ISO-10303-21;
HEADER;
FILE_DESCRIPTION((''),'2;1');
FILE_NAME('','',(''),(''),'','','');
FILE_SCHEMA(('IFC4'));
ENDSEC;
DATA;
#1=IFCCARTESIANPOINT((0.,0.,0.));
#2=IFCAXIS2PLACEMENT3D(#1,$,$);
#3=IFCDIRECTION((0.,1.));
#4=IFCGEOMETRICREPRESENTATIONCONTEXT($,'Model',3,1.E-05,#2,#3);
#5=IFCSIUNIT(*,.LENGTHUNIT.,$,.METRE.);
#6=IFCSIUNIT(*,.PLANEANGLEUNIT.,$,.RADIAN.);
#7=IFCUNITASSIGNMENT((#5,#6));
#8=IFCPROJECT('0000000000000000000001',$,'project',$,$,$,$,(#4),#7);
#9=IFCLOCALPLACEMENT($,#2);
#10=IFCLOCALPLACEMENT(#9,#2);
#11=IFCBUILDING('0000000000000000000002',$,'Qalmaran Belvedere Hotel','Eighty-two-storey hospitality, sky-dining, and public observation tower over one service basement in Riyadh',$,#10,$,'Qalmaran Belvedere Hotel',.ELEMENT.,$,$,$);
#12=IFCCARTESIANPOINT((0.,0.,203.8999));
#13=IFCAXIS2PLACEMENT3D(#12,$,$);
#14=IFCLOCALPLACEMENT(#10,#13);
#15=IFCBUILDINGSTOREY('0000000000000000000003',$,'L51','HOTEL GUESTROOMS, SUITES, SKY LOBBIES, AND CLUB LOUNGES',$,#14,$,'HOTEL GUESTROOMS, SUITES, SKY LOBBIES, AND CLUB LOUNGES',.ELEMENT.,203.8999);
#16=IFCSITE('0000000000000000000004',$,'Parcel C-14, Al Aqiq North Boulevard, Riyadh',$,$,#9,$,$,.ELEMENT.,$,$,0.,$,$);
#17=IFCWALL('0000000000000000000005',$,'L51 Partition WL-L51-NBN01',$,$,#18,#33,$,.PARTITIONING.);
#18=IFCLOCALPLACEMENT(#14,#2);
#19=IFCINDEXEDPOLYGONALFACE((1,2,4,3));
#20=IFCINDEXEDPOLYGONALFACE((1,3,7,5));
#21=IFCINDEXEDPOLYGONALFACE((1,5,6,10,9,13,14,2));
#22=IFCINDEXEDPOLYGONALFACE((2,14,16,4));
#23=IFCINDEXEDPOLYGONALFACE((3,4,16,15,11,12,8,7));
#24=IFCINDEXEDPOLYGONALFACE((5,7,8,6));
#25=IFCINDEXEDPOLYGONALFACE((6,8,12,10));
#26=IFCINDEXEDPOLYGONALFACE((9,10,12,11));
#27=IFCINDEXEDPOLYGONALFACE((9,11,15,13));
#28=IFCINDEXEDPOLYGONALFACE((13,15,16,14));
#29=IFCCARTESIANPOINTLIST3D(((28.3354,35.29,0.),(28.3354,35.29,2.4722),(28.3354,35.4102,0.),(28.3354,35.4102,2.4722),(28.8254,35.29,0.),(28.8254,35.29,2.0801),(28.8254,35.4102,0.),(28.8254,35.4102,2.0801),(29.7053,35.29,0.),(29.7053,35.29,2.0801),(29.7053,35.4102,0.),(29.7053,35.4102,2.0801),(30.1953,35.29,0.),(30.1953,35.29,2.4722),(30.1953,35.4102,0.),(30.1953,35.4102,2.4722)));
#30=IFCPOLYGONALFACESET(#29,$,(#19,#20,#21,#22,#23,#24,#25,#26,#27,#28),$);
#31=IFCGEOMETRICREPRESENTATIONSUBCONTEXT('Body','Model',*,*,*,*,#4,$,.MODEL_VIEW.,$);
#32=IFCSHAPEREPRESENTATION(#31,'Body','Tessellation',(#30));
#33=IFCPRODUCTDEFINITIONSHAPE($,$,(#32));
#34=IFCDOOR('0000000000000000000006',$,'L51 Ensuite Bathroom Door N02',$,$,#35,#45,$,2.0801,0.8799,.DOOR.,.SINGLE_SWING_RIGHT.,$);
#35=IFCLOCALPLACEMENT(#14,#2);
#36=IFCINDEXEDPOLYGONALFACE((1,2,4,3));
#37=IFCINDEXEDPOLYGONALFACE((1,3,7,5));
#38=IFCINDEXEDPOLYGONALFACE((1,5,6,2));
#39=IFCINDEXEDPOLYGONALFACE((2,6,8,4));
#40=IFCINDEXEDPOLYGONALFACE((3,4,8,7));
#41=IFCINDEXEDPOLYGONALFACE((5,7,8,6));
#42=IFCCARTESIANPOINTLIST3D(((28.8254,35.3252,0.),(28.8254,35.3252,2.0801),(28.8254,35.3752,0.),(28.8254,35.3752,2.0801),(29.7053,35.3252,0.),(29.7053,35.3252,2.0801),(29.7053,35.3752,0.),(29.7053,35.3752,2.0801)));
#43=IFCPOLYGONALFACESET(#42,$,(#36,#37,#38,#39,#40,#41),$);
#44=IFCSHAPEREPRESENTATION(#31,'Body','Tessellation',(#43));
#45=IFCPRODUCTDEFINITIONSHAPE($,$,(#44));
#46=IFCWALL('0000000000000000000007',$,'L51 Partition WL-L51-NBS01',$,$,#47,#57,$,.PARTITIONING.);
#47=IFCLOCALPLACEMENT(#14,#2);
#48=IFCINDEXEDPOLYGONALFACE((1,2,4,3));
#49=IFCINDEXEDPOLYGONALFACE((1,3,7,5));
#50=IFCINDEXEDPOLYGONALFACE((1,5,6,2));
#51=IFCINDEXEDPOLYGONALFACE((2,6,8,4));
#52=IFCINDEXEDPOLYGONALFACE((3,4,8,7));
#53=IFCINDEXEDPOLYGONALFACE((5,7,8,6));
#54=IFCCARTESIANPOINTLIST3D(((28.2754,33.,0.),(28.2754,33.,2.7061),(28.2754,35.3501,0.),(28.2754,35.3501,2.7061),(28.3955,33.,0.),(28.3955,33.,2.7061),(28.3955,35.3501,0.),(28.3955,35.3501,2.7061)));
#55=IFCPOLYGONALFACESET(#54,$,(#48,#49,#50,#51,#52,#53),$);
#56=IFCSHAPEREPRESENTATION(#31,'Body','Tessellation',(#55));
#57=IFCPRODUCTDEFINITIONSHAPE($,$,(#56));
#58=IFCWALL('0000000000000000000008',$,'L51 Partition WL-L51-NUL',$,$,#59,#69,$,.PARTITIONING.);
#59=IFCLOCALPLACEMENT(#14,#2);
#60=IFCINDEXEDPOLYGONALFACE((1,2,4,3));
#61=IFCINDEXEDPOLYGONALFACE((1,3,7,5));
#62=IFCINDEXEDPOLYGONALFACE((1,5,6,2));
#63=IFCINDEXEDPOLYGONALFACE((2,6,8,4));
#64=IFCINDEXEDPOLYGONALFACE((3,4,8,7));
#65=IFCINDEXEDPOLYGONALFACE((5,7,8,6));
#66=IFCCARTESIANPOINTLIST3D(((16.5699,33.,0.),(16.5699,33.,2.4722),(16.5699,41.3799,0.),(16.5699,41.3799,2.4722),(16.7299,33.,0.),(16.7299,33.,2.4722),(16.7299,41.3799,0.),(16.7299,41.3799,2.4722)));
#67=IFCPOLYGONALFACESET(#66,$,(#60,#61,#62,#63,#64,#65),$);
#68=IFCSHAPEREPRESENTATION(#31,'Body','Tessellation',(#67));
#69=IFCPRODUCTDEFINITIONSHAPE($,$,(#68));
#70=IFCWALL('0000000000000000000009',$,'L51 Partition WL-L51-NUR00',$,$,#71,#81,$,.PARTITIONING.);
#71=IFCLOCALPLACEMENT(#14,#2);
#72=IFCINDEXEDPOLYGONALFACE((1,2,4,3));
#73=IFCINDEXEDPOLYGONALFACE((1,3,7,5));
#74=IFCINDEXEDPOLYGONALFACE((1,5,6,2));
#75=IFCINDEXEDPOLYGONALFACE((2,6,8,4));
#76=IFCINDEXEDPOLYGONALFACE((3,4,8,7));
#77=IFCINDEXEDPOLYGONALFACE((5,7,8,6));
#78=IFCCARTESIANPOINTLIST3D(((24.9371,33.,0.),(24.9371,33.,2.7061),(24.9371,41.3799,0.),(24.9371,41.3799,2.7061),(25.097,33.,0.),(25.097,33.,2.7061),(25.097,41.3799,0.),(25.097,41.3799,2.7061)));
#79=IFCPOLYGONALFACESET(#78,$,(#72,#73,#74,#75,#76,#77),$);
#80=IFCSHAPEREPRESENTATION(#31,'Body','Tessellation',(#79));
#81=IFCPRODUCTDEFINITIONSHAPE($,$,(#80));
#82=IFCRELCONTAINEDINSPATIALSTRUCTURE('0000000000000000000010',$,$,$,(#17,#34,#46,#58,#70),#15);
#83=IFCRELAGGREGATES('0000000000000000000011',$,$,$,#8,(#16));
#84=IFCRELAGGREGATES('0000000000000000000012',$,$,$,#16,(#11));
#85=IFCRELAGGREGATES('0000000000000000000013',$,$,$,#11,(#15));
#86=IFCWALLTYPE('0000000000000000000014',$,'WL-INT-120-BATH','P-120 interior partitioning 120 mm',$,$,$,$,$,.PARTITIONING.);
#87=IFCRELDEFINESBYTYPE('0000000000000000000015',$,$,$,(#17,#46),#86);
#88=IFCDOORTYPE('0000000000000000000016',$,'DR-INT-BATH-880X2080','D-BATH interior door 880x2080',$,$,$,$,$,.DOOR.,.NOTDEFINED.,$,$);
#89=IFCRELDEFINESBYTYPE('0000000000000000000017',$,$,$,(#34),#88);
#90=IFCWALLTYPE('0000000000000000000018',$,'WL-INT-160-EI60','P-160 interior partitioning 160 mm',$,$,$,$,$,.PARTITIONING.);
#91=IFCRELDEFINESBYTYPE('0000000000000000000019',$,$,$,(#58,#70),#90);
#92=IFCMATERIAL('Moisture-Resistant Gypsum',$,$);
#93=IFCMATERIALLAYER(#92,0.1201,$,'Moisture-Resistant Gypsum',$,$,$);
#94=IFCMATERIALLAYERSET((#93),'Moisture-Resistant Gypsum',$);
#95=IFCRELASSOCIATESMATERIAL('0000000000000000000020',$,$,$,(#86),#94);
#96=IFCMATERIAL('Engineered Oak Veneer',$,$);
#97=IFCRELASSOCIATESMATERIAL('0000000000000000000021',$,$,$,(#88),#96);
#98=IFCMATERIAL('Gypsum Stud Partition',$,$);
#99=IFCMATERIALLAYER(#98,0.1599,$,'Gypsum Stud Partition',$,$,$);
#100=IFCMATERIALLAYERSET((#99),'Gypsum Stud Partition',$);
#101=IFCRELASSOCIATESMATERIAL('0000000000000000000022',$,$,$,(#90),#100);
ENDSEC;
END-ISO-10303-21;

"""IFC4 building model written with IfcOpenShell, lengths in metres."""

from ifc_helpers import new_model, si_unit, direction, frame, frame_2d, origin, place, context, subcontext, project, spatial, rectangle, extrude, material, layer, layer_set, type_object, element, fill, save


model = new_model("IFC4")

# Units and contexts
model_context = context("Model", 3, precision=1e-05, world=origin(), true_north=direction((0.0, 1.0)))
body_context = subcontext(model_context, "Body", "Model", "MODEL_VIEW")
ifc_project = project(units=[si_unit("LENGTHUNIT", "METRE"), si_unit("PLANEANGLEUNIT", "RADIAN")], contexts=[model_context])

# Site, building, storey
site_placement = place(None, origin())
site = spatial("IfcSite", under=ifc_project, at=site_placement, Name="Parcel C-14, Al Aqiq North Boulevard, Riyadh", CompositionType="ELEMENT", RefElevation=0.0)
building_placement = place(site_placement, origin())
building = spatial("IfcBuilding", under=site, at=building_placement, Name="Qalmaran Belvedere Hotel", Description="Eighty-two-storey hospitality, sky-dining, and public observation tower over one service basement in Riyadh", LongName="Qalmaran Belvedere Hotel", CompositionType="ELEMENT")
storey_placement = place(building_placement, frame((0.0, 0.0, 203.8999)))
storey = spatial("IfcBuildingStorey", under=building, at=storey_placement, Name="L51", Description="HOTEL GUESTROOMS, SUITES, SKY LOBBIES, AND CLUB LOUNGES", LongName="HOTEL GUESTROOMS, SUITES, SKY LOBBIES, AND CLUB LOUNGES", CompositionType="ELEMENT", Elevation=203.8999)

# Shared definitions
ifc_material_1 = material(Name="Moisture-Resistant Gypsum")
ifc_layer_1 = layer(ifc_material_1, 0.1201, Name="Moisture-Resistant Gypsum")
ifc_layer_set_1 = layer_set([ifc_layer_1], Name="Moisture-Resistant Gypsum")
wall_type_1 = type_object("IfcWallType", Name="WL-INT-120-BATH", Description="P-120 interior partitioning 120 mm", PredefinedType="PARTITIONING", material=ifc_layer_set_1)
ifc_material_2 = material(Name="Engineered Oak Veneer")
door_type_1 = type_object("IfcDoorType", Name="DR-INT-BATH-880X2080", Description="D-BATH interior door 880x2080", OperationType="NOTDEFINED", PredefinedType="DOOR", material=ifc_material_2)

# Wall, opening, door
wall_1_placement = place(storey_placement, frame((28.3354, 35.3501, 0.0), z_axis=(0.0, 0.0, 1.0), x_axis=(1.0, 0.0, 0.0)))
wall_1 = element("IfcWall", 1, at=wall_1_placement, inside=storey, type_object=wall_type_1, Name="L51 Partition WL-L51-NBN01", PredefinedType="PARTITIONING", context=body_context, shape_type="SweptSolid", body=[
    extrude(rectangle(XDim=1.8599, YDim=0.1201, at=frame_2d((0.9299, 0.0))), origin(), (0.0, 0.0, 1.0), 2.4722),
])
opening_1_placement = place(wall_1_placement, frame((1.3699, 0.0, 0.0), z_axis=(0.0, 0.0, 1.0), x_axis=(-1.0, 0.0, 0.0)))
opening_1 = element("IfcOpeningElement", 2, at=opening_1_placement, cuts=wall_1, PredefinedType="OPENING", context=body_context, shape_type="SweptSolid", body=[
    extrude(rectangle(XDim=0.8799, YDim=2.0801, at=frame_2d((0.4399, 1.04))), frame((0.0, 0.0701, 0.0), z_axis=(0.0, -1.0, 0.0), x_axis=(1.0, 0.0, 0.0)), (0.0, 0.0, 1.0), 0.1401),
])
door_1_placement = place(opening_1_placement, origin())
door_1 = element("IfcDoor", 3, at=door_1_placement, inside=storey, type_object=door_type_1, Name="L51 Ensuite Bathroom Door N02", OperationType="SINGLE_SWING_RIGHT", OverallHeight=2.0801, OverallWidth=0.8799, PredefinedType="DOOR", context=body_context, shape_type="SweptSolid", body=[
    extrude(rectangle(XDim=0.8799, YDim=2.0801, at=frame_2d((0.4399, 1.04))), frame((0.0, 0.0249, 0.0), z_axis=(0.0, -1.0, 0.0), x_axis=(1.0, 0.0, 0.0)), (0.0, 0.0, 1.0), 0.05),
])
fill(opening_1, door_1)

# Walls
wall_2_placement = place(storey_placement, frame((28.3354, 33.0, 0.0), z_axis=(0.0, 0.0, 1.0), x_axis=(0.0, 1.0, 0.0)))
element("IfcWall", 4, at=wall_2_placement, inside=storey, type_object=wall_type_1, Name="L51 Partition WL-L51-NBS01", PredefinedType="PARTITIONING", context=body_context, shape_type="SweptSolid", body=[
    extrude(rectangle(XDim=2.3501, YDim=0.1201, at=frame_2d((1.175, 0.0))), origin(), (0.0, 0.0, 1.0), 2.7061),
])
ifc_material_3 = material(Name="Gypsum Stud Partition")
ifc_layer_2 = layer(ifc_material_3, 0.1599, Name="Gypsum Stud Partition")
ifc_layer_set_2 = layer_set([ifc_layer_2], Name="Gypsum Stud Partition")
wall_type_2 = type_object("IfcWallType", Name="WL-INT-160-EI60", Description="P-160 interior partitioning 160 mm", PredefinedType="PARTITIONING", material=ifc_layer_set_2)
wall_3_placement = place(storey_placement, frame((16.6499, 33.0, 0.0), z_axis=(0.0, 0.0, 1.0), x_axis=(0.0, 1.0, 0.0)))
element("IfcWall", 5, at=wall_3_placement, inside=storey, type_object=wall_type_2, Name="L51 Partition WL-L51-NUL", PredefinedType="PARTITIONING", context=body_context, shape_type="SweptSolid", body=[
    extrude(rectangle(XDim=8.3799, YDim=0.1599, at=frame_2d((4.1899, 0.0))), origin(), (0.0, 0.0, 1.0), 2.4722),
])
wall_4_placement = place(storey_placement, frame((25.0171, 33.0, 0.0), z_axis=(0.0, 0.0, 1.0), x_axis=(0.0, 1.0, 0.0)))
element("IfcWall", 6, at=wall_4_placement, inside=storey, type_object=wall_type_2, Name="L51 Partition WL-L51-NUR00", PredefinedType="PARTITIONING", context=body_context, shape_type="SweptSolid", body=[
    extrude(rectangle(XDim=8.3799, YDim=0.1599, at=frame_2d((4.1899, 0.0))), origin(), (0.0, 0.0, 1.0), 2.7061),
])

save(model, "model.ifc")
